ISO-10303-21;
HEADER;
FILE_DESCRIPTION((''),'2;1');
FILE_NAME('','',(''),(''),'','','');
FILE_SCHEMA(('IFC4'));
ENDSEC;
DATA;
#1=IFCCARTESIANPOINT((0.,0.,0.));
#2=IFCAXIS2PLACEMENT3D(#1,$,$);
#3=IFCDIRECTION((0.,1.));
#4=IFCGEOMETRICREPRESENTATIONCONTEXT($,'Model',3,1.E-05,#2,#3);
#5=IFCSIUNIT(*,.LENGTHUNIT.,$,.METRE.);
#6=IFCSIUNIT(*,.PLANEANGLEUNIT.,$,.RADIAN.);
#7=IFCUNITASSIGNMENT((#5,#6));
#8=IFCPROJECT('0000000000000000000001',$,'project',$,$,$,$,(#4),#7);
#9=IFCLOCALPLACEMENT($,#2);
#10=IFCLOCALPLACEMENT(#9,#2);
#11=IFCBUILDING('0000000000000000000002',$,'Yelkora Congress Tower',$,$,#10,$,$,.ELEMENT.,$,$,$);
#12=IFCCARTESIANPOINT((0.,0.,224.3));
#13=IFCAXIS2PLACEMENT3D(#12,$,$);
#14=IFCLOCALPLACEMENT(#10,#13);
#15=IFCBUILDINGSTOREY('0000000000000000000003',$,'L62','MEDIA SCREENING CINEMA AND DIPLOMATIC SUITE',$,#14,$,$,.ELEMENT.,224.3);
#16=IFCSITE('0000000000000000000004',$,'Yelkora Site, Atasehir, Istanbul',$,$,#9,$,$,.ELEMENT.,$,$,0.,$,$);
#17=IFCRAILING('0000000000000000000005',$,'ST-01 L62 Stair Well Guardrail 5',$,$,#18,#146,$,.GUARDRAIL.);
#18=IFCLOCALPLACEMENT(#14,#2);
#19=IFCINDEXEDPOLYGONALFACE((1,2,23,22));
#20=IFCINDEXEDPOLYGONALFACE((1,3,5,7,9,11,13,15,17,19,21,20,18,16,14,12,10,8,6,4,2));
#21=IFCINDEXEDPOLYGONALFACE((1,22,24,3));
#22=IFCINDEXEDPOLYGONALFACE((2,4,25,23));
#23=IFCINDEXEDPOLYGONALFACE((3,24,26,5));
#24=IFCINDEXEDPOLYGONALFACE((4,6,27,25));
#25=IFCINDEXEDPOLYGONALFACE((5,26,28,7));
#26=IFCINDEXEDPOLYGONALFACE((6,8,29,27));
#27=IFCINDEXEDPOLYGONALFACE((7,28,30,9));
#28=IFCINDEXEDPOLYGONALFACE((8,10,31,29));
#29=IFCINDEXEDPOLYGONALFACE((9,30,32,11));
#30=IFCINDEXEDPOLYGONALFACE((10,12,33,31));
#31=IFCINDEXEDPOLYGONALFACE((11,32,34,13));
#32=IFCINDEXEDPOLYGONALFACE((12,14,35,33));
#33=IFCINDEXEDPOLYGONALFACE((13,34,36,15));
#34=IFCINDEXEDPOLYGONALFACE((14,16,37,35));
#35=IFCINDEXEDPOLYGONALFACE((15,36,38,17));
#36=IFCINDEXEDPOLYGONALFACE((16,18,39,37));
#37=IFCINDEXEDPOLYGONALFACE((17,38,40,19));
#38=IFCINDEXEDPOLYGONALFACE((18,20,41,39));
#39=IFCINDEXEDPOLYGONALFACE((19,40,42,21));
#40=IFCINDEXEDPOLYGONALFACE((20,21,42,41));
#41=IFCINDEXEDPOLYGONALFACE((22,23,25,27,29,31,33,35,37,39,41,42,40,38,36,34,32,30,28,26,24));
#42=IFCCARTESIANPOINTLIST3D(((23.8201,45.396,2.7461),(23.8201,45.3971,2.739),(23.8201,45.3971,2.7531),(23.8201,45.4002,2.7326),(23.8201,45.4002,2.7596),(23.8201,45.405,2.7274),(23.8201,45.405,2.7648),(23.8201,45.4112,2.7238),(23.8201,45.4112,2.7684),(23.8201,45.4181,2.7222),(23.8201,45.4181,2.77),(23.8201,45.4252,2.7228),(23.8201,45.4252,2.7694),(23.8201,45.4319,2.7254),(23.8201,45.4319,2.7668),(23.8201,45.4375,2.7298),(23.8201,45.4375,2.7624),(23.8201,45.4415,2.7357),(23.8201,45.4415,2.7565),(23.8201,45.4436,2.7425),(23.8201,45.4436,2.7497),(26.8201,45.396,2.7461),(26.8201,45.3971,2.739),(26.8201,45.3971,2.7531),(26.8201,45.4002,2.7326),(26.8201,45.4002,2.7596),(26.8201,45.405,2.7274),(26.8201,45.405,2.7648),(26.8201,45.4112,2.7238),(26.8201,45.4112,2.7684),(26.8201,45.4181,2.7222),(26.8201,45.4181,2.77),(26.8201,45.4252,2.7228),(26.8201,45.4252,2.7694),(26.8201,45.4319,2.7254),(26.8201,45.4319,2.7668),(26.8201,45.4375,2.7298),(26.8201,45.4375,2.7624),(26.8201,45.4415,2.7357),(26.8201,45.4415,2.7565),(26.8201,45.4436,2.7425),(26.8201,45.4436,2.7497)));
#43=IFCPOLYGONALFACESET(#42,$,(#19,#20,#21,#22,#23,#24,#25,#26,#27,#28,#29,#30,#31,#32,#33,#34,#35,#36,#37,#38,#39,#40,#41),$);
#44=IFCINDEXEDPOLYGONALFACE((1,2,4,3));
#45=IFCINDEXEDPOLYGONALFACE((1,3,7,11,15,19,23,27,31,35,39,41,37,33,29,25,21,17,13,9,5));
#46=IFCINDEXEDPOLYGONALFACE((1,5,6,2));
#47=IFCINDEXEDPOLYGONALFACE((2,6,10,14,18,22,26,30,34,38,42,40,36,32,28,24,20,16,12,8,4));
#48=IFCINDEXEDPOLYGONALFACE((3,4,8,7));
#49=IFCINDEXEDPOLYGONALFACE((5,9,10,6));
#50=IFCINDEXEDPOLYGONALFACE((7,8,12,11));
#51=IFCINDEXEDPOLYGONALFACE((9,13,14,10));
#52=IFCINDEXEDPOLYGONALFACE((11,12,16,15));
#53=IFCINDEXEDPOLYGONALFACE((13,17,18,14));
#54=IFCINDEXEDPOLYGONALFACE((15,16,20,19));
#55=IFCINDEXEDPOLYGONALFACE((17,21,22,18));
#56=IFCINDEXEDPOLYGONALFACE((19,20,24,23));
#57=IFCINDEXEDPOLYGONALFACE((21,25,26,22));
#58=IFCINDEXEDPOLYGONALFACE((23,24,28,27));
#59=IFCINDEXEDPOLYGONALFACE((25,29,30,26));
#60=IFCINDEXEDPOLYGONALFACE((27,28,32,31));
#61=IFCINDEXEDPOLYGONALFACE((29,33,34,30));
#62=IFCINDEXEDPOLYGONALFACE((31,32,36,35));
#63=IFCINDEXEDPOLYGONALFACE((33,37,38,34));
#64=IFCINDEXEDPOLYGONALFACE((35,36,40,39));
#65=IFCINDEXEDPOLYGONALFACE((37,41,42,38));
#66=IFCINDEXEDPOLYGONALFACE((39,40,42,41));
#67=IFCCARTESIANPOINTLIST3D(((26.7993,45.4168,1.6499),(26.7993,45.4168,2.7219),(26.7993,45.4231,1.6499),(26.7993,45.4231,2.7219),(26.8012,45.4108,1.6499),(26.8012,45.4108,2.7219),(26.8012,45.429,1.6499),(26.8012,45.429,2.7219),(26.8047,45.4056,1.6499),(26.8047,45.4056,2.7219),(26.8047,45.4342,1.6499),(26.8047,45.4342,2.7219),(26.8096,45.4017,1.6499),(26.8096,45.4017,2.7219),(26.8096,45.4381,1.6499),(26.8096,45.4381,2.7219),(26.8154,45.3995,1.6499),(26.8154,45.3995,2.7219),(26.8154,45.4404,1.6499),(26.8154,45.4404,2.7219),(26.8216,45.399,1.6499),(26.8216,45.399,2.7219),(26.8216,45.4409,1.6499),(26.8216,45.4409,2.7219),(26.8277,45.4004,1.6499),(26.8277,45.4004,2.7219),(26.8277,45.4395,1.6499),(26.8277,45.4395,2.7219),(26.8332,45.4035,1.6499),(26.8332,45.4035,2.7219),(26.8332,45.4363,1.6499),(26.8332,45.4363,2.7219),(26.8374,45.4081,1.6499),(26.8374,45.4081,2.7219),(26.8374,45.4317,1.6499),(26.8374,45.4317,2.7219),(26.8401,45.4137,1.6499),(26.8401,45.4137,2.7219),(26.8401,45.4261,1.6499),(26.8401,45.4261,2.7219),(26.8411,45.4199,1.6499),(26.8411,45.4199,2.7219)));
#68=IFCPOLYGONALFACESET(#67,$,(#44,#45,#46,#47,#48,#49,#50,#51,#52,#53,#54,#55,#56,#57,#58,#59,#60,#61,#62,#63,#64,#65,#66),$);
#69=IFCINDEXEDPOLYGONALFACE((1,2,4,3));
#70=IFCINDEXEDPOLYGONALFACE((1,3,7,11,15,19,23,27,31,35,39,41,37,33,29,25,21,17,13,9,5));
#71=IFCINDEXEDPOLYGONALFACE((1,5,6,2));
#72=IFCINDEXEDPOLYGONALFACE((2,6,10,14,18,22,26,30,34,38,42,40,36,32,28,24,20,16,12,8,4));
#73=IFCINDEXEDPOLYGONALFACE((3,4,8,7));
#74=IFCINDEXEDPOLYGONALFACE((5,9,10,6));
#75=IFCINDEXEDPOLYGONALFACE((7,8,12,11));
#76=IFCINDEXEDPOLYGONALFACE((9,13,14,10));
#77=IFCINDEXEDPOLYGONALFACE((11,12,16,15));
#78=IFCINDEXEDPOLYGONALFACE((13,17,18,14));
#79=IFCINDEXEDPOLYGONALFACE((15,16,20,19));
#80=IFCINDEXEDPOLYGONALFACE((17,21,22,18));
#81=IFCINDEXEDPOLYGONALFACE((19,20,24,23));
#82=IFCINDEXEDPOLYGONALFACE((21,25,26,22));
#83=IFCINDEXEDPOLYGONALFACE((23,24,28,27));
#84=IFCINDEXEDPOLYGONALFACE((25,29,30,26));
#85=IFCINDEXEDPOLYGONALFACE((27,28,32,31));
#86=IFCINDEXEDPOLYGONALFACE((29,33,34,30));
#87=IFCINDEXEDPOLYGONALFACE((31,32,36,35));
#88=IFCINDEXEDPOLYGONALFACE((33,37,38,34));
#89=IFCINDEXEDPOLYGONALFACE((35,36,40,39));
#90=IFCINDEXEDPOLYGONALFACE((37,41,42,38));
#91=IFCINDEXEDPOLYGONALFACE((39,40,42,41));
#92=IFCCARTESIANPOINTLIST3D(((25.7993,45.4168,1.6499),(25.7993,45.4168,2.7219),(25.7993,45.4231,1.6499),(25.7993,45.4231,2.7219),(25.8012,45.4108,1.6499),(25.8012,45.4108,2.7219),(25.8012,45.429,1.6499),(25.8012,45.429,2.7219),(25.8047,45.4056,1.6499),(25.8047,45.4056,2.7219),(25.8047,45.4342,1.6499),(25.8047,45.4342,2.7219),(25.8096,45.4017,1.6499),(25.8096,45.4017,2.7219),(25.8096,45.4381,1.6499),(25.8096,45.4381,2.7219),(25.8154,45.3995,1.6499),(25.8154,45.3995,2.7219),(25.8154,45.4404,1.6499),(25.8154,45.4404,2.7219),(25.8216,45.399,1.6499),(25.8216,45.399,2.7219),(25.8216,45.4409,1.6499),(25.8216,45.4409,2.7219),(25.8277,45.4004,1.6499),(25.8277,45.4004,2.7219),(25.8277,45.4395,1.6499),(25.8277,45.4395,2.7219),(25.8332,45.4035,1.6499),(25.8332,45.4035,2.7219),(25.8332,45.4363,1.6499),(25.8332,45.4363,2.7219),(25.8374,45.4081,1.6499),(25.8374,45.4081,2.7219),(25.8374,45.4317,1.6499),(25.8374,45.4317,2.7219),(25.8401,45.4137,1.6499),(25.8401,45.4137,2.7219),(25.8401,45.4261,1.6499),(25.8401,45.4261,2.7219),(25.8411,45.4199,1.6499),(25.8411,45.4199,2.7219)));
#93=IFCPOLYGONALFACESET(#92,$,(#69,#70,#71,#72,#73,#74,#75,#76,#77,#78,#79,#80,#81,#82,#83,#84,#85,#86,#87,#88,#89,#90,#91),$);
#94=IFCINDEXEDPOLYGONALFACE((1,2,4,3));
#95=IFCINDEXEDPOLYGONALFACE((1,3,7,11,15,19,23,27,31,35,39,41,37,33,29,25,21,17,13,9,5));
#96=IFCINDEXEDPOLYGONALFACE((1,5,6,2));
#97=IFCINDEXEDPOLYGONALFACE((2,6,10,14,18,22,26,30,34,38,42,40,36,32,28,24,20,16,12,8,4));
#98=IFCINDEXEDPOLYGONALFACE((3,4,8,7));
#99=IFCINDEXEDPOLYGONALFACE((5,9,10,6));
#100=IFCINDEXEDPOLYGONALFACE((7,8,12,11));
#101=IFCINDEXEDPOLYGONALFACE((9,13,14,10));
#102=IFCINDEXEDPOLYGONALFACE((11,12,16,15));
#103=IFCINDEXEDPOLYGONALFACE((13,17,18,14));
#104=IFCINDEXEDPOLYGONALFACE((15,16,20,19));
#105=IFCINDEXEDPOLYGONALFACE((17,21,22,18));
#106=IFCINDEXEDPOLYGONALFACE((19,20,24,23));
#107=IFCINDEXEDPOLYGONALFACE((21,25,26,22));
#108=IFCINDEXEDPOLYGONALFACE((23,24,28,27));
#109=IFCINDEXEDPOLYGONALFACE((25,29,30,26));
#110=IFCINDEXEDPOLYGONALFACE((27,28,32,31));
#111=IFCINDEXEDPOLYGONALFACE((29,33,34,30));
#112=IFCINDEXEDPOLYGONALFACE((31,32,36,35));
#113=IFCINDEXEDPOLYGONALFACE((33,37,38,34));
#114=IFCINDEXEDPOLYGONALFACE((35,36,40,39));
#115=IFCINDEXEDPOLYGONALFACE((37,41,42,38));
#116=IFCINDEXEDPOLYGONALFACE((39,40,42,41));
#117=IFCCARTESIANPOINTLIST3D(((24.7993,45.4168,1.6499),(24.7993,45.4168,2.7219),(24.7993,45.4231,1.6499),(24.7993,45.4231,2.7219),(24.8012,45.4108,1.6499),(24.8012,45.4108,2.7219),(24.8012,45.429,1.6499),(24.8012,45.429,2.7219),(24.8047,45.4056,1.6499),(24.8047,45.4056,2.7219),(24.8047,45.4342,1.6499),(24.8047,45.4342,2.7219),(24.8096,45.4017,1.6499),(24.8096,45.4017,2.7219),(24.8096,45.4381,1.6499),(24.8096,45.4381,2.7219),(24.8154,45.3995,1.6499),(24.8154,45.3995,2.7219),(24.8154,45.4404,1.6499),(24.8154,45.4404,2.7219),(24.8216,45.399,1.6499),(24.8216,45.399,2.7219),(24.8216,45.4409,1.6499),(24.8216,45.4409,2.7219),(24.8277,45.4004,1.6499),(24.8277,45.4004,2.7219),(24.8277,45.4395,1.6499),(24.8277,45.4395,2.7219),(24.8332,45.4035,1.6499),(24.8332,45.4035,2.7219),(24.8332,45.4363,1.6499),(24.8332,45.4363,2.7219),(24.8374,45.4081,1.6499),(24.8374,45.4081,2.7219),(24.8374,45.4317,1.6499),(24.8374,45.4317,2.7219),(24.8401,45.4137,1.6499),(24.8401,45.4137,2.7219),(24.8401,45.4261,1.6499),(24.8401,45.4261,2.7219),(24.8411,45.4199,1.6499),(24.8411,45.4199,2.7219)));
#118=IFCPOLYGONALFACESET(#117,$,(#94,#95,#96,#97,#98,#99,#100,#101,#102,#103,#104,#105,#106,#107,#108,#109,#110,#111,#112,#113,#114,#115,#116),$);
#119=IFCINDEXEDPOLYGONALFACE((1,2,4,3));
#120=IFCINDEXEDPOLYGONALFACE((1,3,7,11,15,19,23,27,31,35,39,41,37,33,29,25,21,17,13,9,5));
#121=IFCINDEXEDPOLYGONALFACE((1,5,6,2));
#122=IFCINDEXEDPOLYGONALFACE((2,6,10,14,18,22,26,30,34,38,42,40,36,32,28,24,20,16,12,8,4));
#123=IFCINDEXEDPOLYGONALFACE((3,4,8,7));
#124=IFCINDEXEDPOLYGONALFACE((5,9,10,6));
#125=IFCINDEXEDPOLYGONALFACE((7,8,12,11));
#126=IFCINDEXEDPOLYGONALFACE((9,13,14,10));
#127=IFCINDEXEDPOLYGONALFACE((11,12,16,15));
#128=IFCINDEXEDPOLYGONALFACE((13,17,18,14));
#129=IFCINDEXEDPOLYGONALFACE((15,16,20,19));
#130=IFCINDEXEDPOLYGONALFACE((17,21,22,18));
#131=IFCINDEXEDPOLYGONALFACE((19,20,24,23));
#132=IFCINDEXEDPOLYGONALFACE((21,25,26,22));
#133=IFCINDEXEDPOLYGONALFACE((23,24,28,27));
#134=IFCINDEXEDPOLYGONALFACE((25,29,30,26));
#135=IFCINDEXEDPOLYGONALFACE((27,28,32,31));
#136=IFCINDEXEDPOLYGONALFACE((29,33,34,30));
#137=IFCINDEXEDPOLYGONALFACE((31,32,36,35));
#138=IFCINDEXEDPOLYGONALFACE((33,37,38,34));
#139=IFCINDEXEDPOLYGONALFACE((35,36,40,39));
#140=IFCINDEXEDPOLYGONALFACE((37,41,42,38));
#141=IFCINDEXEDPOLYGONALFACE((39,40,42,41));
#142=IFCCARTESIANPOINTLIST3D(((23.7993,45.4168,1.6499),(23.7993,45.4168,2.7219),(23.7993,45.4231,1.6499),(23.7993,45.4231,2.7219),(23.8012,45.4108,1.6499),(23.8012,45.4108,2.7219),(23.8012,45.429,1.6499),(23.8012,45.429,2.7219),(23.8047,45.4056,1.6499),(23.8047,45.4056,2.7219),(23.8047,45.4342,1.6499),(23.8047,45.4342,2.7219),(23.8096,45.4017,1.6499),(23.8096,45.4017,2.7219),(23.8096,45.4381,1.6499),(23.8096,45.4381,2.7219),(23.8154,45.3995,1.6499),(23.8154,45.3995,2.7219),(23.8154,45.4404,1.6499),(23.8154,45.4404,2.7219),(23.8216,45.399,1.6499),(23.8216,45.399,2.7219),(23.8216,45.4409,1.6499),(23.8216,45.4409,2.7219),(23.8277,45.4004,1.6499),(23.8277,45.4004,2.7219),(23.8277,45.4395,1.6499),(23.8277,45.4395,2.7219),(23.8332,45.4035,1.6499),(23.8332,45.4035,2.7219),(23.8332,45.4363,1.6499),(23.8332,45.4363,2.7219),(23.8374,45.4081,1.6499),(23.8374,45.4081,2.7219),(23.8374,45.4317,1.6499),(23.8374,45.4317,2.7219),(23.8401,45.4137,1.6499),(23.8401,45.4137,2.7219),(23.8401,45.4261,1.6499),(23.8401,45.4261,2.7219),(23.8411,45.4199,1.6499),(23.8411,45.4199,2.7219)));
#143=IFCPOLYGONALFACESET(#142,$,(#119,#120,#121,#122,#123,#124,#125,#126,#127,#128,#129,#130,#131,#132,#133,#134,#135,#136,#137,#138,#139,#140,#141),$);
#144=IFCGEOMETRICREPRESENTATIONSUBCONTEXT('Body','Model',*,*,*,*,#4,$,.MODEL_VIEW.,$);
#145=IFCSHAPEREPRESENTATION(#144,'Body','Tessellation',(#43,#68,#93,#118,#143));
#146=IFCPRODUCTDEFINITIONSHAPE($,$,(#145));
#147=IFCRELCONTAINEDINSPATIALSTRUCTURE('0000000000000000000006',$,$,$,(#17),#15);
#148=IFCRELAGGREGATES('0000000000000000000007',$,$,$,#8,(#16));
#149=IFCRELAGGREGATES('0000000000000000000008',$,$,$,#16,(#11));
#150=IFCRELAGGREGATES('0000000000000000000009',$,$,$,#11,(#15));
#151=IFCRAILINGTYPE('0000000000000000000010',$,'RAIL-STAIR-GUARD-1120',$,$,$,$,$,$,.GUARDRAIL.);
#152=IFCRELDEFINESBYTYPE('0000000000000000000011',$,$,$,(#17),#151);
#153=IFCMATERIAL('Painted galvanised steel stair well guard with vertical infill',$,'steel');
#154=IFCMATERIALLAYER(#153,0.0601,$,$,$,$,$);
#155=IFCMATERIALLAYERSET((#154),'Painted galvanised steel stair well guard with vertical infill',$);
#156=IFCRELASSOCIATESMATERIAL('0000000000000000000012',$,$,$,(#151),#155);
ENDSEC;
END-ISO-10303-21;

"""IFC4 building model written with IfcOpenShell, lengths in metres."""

from ifc_helpers import new_model, si_unit, direction, frame, origin, origin_2d, place, context, subcontext, project, spatial, circle, extrude, material, layer, layer_set, type_object, element, save


model = new_model("IFC4")

# Units and contexts
model_context = context("Model", 3, precision=1e-05, world=origin(), true_north=direction((0.0, 1.0)))
body_context = subcontext(model_context, "Body", "Model", "MODEL_VIEW")
ifc_project = project(units=[si_unit("LENGTHUNIT", "METRE"), si_unit("PLANEANGLEUNIT", "RADIAN")], contexts=[model_context])

# Site, building, storey
site_placement = place(None, origin())
site = spatial("IfcSite", under=ifc_project, at=site_placement, Name="Yelkora Site, Atasehir, Istanbul", CompositionType="ELEMENT", RefElevation=0.0)
building_placement = place(site_placement, origin())
building = spatial("IfcBuilding", under=site, at=building_placement, Name="Yelkora Congress Tower", CompositionType="ELEMENT")
storey_placement = place(building_placement, frame((0.0, 0.0, 224.3)))
storey = spatial("IfcBuildingStorey", under=building, at=storey_placement, Name="L62", Description="MEDIA SCREENING CINEMA AND DIPLOMATIC SUITE", CompositionType="ELEMENT", Elevation=224.3)

# Railing
ifc_material_1 = material(Name="Painted galvanised steel stair well guard with vertical infill", Category="steel")
ifc_layer_1 = layer(ifc_material_1, 0.0601)
ifc_layer_set_1 = layer_set([ifc_layer_1], Name="Painted galvanised steel stair well guard with vertical infill")
railing_type = type_object("IfcRailingType", Name="RAIL-STAIR-GUARD-1120", PredefinedType="GUARDRAIL", material=ifc_layer_set_1)
railing_1_placement = place(storey_placement, frame((26.8201, 45.4199, 1.6499)))
element("IfcRailing", 1, at=railing_1_placement, inside=storey, type_object=railing_type, Name="ST-01 L62 Stair Well Guardrail 5", PredefinedType="GUARDRAIL", context=body_context, shape_type="SweptSolid", body=[
    extrude(circle(Radius=0.0239, at=origin_2d()), frame((0.0, 0.0, 1.0962), z_axis=(-1.0, 0.0, 0.0), x_axis=(0.0, -1.0, 0.0)), (0.0, 0.0, 1.0), 3.0),
    extrude(circle(Radius=0.021, at=origin_2d()), origin(), (0.0, 0.0, 1.0), 1.072),
    extrude(circle(Radius=0.021, at=origin_2d()), frame((-1.0, 0.0, 0.0)), (0.0, 0.0, 1.0), 1.072),
    extrude(circle(Radius=0.021, at=origin_2d()), frame((-2.0, 0.0, 0.0)), (0.0, 0.0, 1.0), 1.072),
    extrude(circle(Radius=0.021, at=origin_2d()), frame((-3.0, 0.0, 0.0)), (0.0, 0.0, 1.0), 1.072),
])

save(model, "model.ifc")
